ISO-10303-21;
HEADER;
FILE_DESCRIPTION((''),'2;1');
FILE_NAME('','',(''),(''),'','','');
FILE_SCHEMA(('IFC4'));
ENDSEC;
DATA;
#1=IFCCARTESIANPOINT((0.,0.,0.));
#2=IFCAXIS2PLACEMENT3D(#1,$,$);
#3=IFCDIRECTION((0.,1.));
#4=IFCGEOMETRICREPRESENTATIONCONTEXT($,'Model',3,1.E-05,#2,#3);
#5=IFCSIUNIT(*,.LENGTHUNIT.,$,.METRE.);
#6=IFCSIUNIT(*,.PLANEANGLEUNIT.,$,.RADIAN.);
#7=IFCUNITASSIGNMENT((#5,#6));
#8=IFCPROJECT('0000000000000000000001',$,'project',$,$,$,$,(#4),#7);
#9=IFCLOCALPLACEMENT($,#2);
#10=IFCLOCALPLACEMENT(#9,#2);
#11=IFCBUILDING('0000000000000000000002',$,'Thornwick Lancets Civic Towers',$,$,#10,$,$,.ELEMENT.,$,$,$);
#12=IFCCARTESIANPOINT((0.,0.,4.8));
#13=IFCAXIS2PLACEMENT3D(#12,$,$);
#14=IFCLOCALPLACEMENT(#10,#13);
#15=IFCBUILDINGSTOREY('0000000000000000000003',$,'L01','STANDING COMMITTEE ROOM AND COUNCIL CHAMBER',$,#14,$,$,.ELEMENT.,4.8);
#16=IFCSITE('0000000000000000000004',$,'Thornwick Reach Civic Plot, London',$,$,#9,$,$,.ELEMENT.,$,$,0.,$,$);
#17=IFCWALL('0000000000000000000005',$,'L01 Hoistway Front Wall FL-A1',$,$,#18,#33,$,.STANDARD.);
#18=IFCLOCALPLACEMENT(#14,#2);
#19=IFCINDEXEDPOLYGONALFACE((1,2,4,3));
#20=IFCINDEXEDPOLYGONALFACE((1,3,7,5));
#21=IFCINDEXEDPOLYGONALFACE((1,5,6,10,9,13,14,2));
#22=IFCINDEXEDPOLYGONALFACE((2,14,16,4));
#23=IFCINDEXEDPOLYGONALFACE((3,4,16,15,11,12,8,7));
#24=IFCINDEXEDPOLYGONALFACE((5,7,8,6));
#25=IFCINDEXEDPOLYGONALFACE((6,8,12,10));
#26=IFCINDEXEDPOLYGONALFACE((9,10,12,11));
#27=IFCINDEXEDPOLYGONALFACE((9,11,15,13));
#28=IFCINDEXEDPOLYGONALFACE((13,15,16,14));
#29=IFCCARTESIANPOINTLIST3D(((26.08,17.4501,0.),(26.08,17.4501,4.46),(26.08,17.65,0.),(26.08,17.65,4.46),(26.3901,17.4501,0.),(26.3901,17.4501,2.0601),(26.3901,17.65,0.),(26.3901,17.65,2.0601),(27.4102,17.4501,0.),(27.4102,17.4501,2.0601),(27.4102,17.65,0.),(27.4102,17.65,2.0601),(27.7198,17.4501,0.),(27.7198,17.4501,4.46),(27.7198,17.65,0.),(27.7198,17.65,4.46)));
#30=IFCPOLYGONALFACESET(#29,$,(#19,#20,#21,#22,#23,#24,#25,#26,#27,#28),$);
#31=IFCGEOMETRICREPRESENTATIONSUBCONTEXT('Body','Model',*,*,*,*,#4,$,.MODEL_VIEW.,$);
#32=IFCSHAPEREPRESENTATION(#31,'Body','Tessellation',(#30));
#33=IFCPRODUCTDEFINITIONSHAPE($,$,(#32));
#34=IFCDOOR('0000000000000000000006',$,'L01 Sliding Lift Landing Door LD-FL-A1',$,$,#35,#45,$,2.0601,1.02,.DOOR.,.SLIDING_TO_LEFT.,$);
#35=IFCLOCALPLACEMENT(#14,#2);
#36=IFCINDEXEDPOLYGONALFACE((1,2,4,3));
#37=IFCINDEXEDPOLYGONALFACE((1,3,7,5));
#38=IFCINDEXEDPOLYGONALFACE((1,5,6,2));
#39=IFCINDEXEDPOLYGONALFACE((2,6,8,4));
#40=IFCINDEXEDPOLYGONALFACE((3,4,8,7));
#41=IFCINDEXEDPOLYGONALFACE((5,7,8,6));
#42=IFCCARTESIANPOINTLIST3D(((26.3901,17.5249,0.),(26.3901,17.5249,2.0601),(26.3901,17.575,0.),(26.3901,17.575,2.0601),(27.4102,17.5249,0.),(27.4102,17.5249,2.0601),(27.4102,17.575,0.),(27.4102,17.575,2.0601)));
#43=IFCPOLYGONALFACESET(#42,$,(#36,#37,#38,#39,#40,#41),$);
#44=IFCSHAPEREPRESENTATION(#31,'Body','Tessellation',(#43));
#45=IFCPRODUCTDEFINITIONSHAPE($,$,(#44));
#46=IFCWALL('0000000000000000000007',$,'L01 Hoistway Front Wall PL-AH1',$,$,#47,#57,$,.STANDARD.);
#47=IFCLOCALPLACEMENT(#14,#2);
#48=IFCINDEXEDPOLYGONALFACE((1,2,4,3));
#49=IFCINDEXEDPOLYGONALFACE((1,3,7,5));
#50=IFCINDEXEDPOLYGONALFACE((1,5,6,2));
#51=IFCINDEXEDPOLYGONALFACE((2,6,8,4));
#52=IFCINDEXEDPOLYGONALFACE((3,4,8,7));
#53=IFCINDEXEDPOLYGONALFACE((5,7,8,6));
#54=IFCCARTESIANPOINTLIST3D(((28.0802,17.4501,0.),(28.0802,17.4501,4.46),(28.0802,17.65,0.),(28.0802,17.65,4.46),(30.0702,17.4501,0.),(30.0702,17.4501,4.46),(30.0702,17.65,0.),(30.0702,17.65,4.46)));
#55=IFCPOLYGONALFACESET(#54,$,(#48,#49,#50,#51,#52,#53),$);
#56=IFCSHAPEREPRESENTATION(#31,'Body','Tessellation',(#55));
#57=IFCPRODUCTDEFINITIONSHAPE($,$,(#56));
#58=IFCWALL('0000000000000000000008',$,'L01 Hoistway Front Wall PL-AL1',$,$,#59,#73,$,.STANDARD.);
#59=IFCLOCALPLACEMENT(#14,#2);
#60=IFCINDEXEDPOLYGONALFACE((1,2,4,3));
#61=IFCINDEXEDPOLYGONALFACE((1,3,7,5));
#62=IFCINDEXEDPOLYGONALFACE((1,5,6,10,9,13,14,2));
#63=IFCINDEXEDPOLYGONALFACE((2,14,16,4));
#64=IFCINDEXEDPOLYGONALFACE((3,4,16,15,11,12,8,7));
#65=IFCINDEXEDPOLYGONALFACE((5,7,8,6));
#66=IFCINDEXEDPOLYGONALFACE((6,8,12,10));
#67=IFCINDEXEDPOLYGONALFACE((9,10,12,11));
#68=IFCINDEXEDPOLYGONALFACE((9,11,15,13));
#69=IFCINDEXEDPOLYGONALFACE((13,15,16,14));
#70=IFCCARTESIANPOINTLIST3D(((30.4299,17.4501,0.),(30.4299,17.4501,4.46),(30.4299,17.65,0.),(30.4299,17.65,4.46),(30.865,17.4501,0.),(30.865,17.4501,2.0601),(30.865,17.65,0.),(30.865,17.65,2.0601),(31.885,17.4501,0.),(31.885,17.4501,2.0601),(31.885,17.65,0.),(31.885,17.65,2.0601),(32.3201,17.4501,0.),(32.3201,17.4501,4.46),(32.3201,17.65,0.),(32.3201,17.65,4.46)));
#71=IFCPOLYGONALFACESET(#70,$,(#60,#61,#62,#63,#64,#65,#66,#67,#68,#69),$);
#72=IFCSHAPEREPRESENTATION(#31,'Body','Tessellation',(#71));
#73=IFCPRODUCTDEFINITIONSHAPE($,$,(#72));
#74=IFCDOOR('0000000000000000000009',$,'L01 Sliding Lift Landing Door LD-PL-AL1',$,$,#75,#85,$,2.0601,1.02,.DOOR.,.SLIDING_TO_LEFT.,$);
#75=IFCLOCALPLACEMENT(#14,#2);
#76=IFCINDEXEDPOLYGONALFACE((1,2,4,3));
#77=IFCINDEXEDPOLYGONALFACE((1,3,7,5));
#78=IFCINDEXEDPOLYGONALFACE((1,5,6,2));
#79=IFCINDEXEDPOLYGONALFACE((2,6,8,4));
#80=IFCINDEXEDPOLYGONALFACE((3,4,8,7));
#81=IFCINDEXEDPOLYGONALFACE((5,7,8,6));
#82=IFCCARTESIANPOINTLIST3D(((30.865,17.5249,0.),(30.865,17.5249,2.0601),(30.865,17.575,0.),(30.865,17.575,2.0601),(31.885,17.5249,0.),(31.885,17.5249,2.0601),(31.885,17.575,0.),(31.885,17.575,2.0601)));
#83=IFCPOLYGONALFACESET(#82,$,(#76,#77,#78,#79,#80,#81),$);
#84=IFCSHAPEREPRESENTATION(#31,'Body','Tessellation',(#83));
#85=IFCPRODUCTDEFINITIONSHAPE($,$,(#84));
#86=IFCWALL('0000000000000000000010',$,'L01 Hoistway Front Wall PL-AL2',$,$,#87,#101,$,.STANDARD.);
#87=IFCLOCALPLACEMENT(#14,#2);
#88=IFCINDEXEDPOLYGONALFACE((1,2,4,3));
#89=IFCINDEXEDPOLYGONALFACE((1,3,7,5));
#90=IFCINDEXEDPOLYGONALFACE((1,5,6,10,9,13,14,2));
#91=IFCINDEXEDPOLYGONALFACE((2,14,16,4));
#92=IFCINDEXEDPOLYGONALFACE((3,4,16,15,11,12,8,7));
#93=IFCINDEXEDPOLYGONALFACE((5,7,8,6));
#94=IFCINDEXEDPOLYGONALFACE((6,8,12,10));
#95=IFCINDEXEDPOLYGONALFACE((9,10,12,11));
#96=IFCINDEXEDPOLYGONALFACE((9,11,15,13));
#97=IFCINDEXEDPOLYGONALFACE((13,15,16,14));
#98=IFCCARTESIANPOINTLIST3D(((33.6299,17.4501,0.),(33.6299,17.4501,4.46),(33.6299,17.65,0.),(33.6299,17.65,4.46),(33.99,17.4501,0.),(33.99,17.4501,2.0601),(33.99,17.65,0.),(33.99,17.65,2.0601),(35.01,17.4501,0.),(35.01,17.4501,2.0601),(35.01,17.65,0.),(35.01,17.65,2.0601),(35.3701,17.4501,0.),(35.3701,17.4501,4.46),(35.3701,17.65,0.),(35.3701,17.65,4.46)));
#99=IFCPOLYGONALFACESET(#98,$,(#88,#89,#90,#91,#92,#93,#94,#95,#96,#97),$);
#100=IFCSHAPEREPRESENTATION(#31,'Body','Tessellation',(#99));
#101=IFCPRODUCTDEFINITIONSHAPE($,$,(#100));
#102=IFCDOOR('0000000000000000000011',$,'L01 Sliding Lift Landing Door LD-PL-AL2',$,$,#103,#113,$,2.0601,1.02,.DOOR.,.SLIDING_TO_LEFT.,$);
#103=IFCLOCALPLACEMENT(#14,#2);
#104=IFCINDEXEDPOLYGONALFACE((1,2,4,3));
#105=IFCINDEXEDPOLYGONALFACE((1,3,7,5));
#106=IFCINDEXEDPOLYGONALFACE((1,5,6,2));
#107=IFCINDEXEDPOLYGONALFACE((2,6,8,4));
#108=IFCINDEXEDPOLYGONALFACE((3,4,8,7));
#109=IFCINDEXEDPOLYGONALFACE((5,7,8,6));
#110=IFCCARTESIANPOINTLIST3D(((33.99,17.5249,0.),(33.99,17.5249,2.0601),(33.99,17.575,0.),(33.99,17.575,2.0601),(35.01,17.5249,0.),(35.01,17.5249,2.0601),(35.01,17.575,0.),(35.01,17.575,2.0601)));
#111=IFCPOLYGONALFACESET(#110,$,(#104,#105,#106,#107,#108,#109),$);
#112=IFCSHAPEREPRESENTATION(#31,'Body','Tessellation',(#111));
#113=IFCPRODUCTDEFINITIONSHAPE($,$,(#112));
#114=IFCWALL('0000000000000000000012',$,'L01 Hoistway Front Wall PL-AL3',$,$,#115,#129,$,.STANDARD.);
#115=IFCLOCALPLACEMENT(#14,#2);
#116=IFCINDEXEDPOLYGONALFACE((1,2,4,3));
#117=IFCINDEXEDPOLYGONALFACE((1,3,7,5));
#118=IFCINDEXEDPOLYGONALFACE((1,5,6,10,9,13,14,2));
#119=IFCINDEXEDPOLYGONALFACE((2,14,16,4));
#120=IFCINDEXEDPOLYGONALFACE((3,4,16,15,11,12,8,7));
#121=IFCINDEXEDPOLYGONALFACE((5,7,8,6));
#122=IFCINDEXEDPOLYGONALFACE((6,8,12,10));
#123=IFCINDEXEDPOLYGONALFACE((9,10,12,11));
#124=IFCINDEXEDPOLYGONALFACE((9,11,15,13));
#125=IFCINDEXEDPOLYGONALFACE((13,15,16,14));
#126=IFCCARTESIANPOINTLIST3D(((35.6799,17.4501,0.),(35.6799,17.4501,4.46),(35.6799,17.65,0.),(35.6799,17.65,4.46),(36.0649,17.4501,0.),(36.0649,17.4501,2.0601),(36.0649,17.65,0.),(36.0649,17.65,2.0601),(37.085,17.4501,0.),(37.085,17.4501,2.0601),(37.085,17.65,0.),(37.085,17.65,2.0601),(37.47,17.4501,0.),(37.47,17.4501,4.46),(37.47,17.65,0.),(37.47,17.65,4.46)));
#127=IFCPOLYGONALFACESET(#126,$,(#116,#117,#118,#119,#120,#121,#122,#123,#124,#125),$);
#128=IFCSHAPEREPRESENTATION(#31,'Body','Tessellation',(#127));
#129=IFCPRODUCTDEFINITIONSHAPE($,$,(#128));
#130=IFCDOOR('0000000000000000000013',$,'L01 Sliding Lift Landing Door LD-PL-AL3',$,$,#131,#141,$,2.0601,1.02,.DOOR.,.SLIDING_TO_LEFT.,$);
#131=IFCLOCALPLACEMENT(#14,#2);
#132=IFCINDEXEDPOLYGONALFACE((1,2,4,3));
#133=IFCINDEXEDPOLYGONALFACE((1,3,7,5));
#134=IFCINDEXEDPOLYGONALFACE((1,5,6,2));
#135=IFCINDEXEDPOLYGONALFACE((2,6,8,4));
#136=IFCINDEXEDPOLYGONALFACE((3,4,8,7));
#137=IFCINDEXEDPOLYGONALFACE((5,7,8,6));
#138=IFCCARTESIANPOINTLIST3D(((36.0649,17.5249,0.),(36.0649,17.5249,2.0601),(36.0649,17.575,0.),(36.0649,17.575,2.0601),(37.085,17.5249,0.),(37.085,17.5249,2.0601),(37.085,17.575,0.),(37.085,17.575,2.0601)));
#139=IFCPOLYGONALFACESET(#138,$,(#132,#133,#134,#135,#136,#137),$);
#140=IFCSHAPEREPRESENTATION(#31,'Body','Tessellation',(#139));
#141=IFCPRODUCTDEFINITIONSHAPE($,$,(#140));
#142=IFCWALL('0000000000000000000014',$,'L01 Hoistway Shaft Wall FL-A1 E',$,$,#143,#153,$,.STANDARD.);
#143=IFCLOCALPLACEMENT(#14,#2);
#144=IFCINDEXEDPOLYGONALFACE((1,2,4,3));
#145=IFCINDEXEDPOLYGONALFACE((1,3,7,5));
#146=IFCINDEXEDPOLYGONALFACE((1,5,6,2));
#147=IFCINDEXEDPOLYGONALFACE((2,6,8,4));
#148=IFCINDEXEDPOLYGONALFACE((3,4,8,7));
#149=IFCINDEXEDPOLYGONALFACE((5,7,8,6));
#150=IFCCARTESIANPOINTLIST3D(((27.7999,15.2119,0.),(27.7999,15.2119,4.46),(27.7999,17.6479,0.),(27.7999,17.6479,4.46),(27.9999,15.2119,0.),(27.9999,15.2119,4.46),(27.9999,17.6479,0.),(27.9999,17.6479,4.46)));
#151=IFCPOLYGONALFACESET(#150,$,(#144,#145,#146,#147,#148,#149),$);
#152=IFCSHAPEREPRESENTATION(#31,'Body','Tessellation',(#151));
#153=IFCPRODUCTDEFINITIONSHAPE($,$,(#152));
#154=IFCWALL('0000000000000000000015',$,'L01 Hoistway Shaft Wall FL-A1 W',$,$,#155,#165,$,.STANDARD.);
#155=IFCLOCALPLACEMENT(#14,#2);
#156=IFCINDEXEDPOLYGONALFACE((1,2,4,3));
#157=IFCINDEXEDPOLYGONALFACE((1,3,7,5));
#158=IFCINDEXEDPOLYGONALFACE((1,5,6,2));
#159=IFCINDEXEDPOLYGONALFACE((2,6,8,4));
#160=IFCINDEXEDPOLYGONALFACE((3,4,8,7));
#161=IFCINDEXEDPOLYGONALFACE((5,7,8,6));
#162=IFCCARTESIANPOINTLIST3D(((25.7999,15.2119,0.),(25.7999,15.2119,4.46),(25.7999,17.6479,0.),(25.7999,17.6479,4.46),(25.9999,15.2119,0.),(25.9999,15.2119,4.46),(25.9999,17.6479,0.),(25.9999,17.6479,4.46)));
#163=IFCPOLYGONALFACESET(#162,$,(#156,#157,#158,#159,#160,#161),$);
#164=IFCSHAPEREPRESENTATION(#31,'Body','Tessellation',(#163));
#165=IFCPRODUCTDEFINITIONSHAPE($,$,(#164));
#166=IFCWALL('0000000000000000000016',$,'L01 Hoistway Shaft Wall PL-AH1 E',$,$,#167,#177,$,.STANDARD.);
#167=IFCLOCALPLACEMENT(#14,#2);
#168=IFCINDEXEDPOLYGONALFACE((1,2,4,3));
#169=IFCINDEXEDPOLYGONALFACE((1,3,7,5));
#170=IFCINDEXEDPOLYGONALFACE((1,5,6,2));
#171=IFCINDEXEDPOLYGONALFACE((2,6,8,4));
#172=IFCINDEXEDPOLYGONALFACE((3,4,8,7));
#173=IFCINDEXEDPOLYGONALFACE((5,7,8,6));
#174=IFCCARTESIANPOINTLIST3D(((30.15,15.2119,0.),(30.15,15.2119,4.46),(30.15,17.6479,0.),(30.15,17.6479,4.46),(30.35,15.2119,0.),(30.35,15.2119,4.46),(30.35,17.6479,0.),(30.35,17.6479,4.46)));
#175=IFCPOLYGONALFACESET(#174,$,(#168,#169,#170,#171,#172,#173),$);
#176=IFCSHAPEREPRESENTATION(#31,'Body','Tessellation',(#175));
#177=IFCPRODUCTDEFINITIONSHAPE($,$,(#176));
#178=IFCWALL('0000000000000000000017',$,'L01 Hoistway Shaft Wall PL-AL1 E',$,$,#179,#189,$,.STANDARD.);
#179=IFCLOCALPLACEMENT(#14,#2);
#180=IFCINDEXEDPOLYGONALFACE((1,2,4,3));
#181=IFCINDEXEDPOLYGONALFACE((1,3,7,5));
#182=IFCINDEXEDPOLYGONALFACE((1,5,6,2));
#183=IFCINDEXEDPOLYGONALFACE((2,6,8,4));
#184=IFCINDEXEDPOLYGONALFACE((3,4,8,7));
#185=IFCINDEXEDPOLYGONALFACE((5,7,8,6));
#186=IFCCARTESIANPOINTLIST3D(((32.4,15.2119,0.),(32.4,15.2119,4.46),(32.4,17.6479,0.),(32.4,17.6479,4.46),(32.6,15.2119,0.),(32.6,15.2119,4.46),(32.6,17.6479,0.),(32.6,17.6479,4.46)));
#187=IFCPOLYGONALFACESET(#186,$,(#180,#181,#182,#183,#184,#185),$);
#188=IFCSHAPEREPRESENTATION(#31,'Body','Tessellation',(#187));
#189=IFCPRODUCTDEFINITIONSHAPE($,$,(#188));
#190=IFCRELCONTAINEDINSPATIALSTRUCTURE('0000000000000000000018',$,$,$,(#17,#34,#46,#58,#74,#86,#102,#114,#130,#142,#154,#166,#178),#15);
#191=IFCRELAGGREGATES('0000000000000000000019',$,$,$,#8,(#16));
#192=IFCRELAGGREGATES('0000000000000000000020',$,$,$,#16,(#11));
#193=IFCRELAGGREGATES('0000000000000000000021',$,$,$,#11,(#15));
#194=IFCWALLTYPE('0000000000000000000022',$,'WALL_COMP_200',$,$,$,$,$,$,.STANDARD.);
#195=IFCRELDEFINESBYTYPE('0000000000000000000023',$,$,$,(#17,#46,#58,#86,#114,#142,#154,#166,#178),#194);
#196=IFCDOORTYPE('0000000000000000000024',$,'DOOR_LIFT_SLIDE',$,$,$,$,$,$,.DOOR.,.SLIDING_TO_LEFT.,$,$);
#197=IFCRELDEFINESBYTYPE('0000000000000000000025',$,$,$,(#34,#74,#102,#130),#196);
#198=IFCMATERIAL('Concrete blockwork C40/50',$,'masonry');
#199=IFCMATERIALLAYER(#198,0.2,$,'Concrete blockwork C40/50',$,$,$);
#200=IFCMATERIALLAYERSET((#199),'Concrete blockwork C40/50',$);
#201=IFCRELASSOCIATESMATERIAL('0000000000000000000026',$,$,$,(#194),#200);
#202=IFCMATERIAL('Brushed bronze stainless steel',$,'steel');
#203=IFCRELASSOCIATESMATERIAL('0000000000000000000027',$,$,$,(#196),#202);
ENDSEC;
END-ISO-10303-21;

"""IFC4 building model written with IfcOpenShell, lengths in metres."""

from ifc_helpers import new_model, si_unit, direction, frame, frame_2d, origin, place, context, subcontext, project, spatial, rectangle, extrude, material, layer, layer_set, type_object, element, fill, save


model = new_model("IFC4")

# Units and contexts
model_context = context("Model", 3, precision=1e-05, world=origin(), true_north=direction((0.0, 1.0)))
body_context = subcontext(model_context, "Body", "Model", "MODEL_VIEW")
ifc_project = project(units=[si_unit("LENGTHUNIT", "METRE"), si_unit("PLANEANGLEUNIT", "RADIAN")], contexts=[model_context])

# Site, building, storey
site_placement = place(None, origin())
site = spatial("IfcSite", under=ifc_project, at=site_placement, Name="Thornwick Reach Civic Plot, London", CompositionType="ELEMENT", RefElevation=0.0)
building_placement = place(site_placement, origin())
building = spatial("IfcBuilding", under=site, at=building_placement, Name="Thornwick Lancets Civic Towers", CompositionType="ELEMENT")
storey_placement = place(building_placement, frame((0.0, 0.0, 4.8)))
storey = spatial("IfcBuildingStorey", under=building, at=storey_placement, Name="L01", Description="STANDING COMMITTEE ROOM AND COUNCIL CHAMBER", CompositionType="ELEMENT", Elevation=4.8)

# Wall, opening, door
ifc_material_1 = material(Name="Concrete blockwork C40/50", Category="masonry")
ifc_layer_1 = layer(ifc_material_1, 0.2, Name="Concrete blockwork C40/50")
ifc_layer_set_1 = layer_set([ifc_layer_1], Name="Concrete blockwork C40/50")
wall_type_1 = type_object("IfcWallType", Name="WALL_COMP_200", PredefinedType="STANDARD", material=ifc_layer_set_1)
wall_1_placement = place(storey_placement, frame((26.0801, 17.55, 0.0), z_axis=(0.0, 0.0, 1.0), x_axis=(1.0, 0.0, 0.0)))
wall_1 = element("IfcWall", 1, at=wall_1_placement, inside=storey, type_object=wall_type_1, Name="L01 Hoistway Front Wall FL-A1", PredefinedType="STANDARD", context=body_context, shape_type="SweptSolid", body=[
    extrude(rectangle(XDim=1.6399, YDim=0.2, at=frame_2d((0.8198, 0.0))), origin(), (0.0, 0.0, 1.0), 4.46),
])
opening_1_placement = place(wall_1_placement, frame((0.3101, 0.0, 0.0)))
opening_1 = element("IfcOpeningElement", 2, at=opening_1_placement, cuts=wall_1, PredefinedType="OPENING", context=body_context, shape_type="SweptSolid", body=[
    extrude(rectangle(XDim=1.02, YDim=2.0601, at=frame_2d((0.51, 1.03))), frame((0.0, 0.1099, 0.0), z_axis=(0.0, -1.0, 0.0), x_axis=(1.0, 0.0, 0.0)), (0.0, 0.0, 1.0), 0.22),
])
ifc_material_2 = material(Name="Brushed bronze stainless steel", Category="steel")
door_type = type_object("IfcDoorType", Name="DOOR_LIFT_SLIDE", OperationType="SLIDING_TO_LEFT", PredefinedType="DOOR", material=ifc_material_2)
door_1_placement = place(opening_1_placement, origin())
door_1 = element("IfcDoor", 3, at=door_1_placement, inside=storey, type_object=door_type, Name="L01 Sliding Lift Landing Door LD-FL-A1", OperationType="SLIDING_TO_LEFT", OverallHeight=2.0601, OverallWidth=1.02, PredefinedType="DOOR", context=body_context, shape_type="SweptSolid", body=[
    extrude(rectangle(XDim=1.02, YDim=2.0601, at=frame_2d((0.51, 1.03))), frame((0.0, 0.0249, 0.0), z_axis=(0.0, -1.0, 0.0), x_axis=(1.0, 0.0, 0.0)), (0.0, 0.0, 1.0), 0.05),
])
fill(opening_1, door_1)

# Wall
wall_2_placement = place(storey_placement, frame((28.0801, 17.55, 0.0), z_axis=(0.0, 0.0, 1.0), x_axis=(1.0, 0.0, 0.0)))
element("IfcWall", 4, at=wall_2_placement, inside=storey, type_object=wall_type_1, Name="L01 Hoistway Front Wall PL-AH1", PredefinedType="STANDARD", context=body_context, shape_type="SweptSolid", body=[
    extrude(rectangle(XDim=1.99, YDim=0.2, at=frame_2d((0.9951, 0.0))), origin(), (0.0, 0.0, 1.0), 4.46),
])

# Walls, openings, doors
wall_3_placement = place(storey_placement, frame((30.4299, 17.55, 0.0), z_axis=(0.0, 0.0, 1.0), x_axis=(1.0, 0.0, 0.0)))
wall_3 = element("IfcWall", 5, at=wall_3_placement, inside=storey, type_object=wall_type_1, Name="L01 Hoistway Front Wall PL-AL1", PredefinedType="STANDARD", context=body_context, shape_type="SweptSolid", body=[
    extrude(rectangle(XDim=1.8901, YDim=0.2, at=frame_2d((0.9451, 0.0))), origin(), (0.0, 0.0, 1.0), 4.46),
])
opening_2_placement = place(wall_3_placement, frame((0.4351, 0.0, 0.0)))
opening_2 = element("IfcOpeningElement", 6, at=opening_2_placement, cuts=wall_3, PredefinedType="OPENING", context=body_context, shape_type="SweptSolid", body=[
    extrude(rectangle(XDim=1.02, YDim=2.0601, at=frame_2d((0.51, 1.03))), frame((0.0, 0.1099, 0.0), z_axis=(0.0, -1.0, 0.0), x_axis=(1.0, 0.0, 0.0)), (0.0, 0.0, 1.0), 0.22),
])
door_2_placement = place(opening_2_placement, origin())
door_2 = element("IfcDoor", 7, at=door_2_placement, inside=storey, type_object=door_type, Name="L01 Sliding Lift Landing Door LD-PL-AL1", OperationType="SLIDING_TO_LEFT", OverallHeight=2.0601, OverallWidth=1.02, PredefinedType="DOOR", context=body_context, shape_type="SweptSolid", body=[
    extrude(rectangle(XDim=1.02, YDim=2.0601, at=frame_2d((0.51, 1.03))), frame((0.0, 0.0249, 0.0), z_axis=(0.0, -1.0, 0.0), x_axis=(1.0, 0.0, 0.0)), (0.0, 0.0, 1.0), 0.05),
])
fill(opening_2, door_2)
wall_4_placement = place(storey_placement, frame((33.6299, 17.55, 0.0), z_axis=(0.0, 0.0, 1.0), x_axis=(1.0, 0.0, 0.0)))
wall_4 = element("IfcWall", 8, at=wall_4_placement, inside=storey, type_object=wall_type_1, Name="L01 Hoistway Front Wall PL-AL2", PredefinedType="STANDARD", context=body_context, shape_type="SweptSolid", body=[
    extrude(rectangle(XDim=1.7402, YDim=0.2, at=frame_2d((0.8701, 0.0))), origin(), (0.0, 0.0, 1.0), 4.46),
])
opening_3_placement = place(wall_4_placement, frame((0.3601, 0.0, 0.0)))
opening_3 = element("IfcOpeningElement", 9, at=opening_3_placement, cuts=wall_4, PredefinedType="OPENING", context=body_context, shape_type="SweptSolid", body=[
    extrude(rectangle(XDim=1.02, YDim=2.0601, at=frame_2d((0.51, 1.03))), frame((0.0, 0.1099, 0.0), z_axis=(0.0, -1.0, 0.0), x_axis=(1.0, 0.0, 0.0)), (0.0, 0.0, 1.0), 0.22),
])
door_3_placement = place(opening_3_placement, origin())
door_3 = element("IfcDoor", 10, at=door_3_placement, inside=storey, type_object=door_type, Name="L01 Sliding Lift Landing Door LD-PL-AL2", OperationType="SLIDING_TO_LEFT", OverallHeight=2.0601, OverallWidth=1.02, PredefinedType="DOOR", context=body_context, shape_type="SweptSolid", body=[
    extrude(rectangle(XDim=1.02, YDim=2.0601, at=frame_2d((0.51, 1.03))), frame((0.0, 0.0249, 0.0), z_axis=(0.0, -1.0, 0.0), x_axis=(1.0, 0.0, 0.0)), (0.0, 0.0, 1.0), 0.05),
])
fill(opening_3, door_3)
wall_5_placement = place(storey_placement, frame((35.6799, 17.55, 0.0), z_axis=(0.0, 0.0, 1.0), x_axis=(1.0, 0.0, 0.0)))
wall_5 = element("IfcWall", 11, at=wall_5_placement, inside=storey, type_object=wall_type_1, Name="L01 Hoistway Front Wall PL-AL3", PredefinedType="STANDARD", context=body_context, shape_type="SweptSolid", body=[
    extrude(rectangle(XDim=1.79, YDim=0.2, at=frame_2d((0.895, 0.0))), origin(), (0.0, 0.0, 1.0), 4.46),
])
opening_4_placement = place(wall_5_placement, frame((0.385, 0.0, 0.0)))
opening_4 = element("IfcOpeningElement", 12, at=opening_4_placement, cuts=wall_5, PredefinedType="OPENING", context=body_context, shape_type="SweptSolid", body=[
    extrude(rectangle(XDim=1.02, YDim=2.0601, at=frame_2d((0.51, 1.03))), frame((0.0, 0.1099, 0.0), z_axis=(0.0, -1.0, 0.0), x_axis=(1.0, 0.0, 0.0)), (0.0, 0.0, 1.0), 0.22),
])
door_4_placement = place(opening_4_placement, origin())
door_4 = element("IfcDoor", 13, at=door_4_placement, inside=storey, type_object=door_type, Name="L01 Sliding Lift Landing Door LD-PL-AL3", OperationType="SLIDING_TO_LEFT", OverallHeight=2.0601, OverallWidth=1.02, PredefinedType="DOOR", context=body_context, shape_type="SweptSolid", body=[
    extrude(rectangle(XDim=1.02, YDim=2.0601, at=frame_2d((0.51, 1.03))), frame((0.0, 0.0249, 0.0), z_axis=(0.0, -1.0, 0.0), x_axis=(1.0, 0.0, 0.0)), (0.0, 0.0, 1.0), 0.05),
])
fill(opening_4, door_4)

# Walls
for number, where, z_axis, x_axis, name in (
    (14, (27.8999, 15.2119, 0.0), (0.0, 0.0, 1.0), (0.0, 1.0, 0.0), "L01 Hoistway Shaft Wall FL-A1 E"),
    (15, (25.8999, 15.2119, 0.0), (0.0, 0.0, 1.0), (0.0, 1.0, 0.0), "L01 Hoistway Shaft Wall FL-A1 W"),
    (16, (30.25, 15.2119, 0.0), (0.0, 0.0, 1.0), (0.0, 1.0, 0.0), "L01 Hoistway Shaft Wall PL-AH1 E"),
    (17, (32.5, 15.2119, 0.0), (0.0, 0.0, 1.0), (0.0, 1.0, 0.0), "L01 Hoistway Shaft Wall PL-AL1 E"),
):
    element("IfcWall", number, at=place(storey_placement, frame(where, z_axis=z_axis, x_axis=x_axis)), inside=storey, type_object=wall_type_1, Name=name, PredefinedType="STANDARD", context=body_context, shape_type="SweptSolid", body=[
        extrude(rectangle(XDim=2.436, YDim=0.2, at=frame_2d((1.218, 0.0))), origin(), (0.0, 0.0, 1.0), 4.46),
    ])

save(model, "model.ifc")
